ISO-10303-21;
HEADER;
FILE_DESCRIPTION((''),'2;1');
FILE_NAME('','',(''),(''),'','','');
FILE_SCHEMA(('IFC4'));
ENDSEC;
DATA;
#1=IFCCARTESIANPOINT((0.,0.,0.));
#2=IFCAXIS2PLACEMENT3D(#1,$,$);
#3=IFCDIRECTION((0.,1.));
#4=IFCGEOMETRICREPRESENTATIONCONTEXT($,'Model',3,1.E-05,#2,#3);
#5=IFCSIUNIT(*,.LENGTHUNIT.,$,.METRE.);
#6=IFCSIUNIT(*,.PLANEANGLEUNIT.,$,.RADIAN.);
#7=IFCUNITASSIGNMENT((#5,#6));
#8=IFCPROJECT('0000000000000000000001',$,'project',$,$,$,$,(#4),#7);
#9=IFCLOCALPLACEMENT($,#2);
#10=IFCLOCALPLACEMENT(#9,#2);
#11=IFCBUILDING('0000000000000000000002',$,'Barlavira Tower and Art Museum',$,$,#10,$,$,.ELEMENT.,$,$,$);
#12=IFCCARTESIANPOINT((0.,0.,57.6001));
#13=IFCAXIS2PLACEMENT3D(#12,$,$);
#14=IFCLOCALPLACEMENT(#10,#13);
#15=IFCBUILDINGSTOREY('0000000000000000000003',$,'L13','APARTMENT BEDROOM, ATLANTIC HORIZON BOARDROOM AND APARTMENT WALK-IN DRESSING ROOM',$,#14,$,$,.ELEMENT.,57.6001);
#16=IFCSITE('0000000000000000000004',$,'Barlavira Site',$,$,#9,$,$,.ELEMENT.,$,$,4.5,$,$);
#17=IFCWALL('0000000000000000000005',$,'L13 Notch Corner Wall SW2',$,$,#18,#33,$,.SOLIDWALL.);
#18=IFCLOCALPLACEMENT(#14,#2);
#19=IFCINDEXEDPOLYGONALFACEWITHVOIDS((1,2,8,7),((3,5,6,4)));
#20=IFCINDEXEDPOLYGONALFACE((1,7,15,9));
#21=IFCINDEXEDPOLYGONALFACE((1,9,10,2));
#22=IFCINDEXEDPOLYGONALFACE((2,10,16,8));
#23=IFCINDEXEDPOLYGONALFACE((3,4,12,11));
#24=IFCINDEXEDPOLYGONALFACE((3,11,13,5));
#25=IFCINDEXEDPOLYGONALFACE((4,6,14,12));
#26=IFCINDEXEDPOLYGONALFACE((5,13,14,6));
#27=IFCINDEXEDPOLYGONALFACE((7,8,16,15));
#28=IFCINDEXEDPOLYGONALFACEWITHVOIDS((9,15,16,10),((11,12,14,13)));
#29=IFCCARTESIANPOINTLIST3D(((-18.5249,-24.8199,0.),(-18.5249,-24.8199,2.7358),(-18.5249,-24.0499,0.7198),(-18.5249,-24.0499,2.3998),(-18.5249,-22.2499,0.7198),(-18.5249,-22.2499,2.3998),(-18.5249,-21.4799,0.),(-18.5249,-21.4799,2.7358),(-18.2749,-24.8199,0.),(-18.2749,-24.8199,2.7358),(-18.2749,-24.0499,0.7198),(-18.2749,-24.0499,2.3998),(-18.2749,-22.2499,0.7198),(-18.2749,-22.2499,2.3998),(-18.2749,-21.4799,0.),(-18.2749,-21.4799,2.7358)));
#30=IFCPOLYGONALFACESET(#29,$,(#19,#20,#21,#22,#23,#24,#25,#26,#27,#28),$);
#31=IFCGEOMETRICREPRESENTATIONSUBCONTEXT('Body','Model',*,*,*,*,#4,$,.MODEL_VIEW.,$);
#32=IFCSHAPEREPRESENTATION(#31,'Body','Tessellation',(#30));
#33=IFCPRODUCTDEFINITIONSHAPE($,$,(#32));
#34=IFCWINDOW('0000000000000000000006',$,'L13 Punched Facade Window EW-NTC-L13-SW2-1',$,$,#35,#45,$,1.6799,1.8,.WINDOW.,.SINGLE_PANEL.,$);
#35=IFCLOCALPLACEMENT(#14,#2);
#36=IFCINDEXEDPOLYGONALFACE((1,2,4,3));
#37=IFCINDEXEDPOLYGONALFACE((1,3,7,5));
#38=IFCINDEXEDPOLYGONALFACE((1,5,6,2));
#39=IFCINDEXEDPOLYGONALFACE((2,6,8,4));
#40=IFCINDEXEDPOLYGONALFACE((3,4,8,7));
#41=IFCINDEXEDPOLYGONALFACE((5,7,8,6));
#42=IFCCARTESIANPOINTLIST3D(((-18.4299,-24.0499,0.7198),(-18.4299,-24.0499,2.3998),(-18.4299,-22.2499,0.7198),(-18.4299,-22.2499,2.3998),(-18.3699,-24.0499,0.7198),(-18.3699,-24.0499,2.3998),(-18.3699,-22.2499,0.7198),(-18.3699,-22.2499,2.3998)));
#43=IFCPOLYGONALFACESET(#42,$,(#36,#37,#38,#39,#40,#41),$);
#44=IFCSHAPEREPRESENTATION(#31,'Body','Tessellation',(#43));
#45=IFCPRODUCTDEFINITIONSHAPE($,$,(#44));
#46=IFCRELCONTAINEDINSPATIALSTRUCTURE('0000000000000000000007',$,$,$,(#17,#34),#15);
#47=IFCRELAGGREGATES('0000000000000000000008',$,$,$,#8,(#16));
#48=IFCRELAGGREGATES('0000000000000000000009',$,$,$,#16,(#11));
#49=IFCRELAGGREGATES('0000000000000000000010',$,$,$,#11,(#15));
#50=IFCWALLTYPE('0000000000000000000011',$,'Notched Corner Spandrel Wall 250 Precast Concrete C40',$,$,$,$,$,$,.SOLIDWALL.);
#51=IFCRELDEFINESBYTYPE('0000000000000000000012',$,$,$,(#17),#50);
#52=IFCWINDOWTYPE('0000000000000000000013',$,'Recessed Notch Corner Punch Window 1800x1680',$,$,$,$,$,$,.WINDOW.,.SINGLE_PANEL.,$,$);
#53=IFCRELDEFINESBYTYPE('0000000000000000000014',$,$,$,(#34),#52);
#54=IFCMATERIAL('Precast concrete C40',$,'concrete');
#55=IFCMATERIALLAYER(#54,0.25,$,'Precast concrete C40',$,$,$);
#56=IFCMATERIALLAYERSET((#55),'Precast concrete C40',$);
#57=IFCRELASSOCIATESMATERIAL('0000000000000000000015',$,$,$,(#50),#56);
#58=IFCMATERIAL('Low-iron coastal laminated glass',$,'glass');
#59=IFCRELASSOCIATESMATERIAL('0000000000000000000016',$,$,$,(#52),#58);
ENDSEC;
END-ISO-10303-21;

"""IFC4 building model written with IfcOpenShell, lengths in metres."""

from ifc_helpers import new_model, si_unit, direction, frame, frame_2d, origin, place, context, subcontext, project, spatial, rectangle, extrude, material, layer, layer_set, type_object, element, fill, save


model = new_model("IFC4")

# Units and contexts
model_context = context("Model", 3, precision=1e-05, world=origin(), true_north=direction((0.0, 1.0)))
body_context = subcontext(model_context, "Body", "Model", "MODEL_VIEW")
ifc_project = project(units=[si_unit("LENGTHUNIT", "METRE"), si_unit("PLANEANGLEUNIT", "RADIAN")], contexts=[model_context])

# Site, building, storey
site_placement = place(None, origin())
site = spatial("IfcSite", under=ifc_project, at=site_placement, Name="Barlavira Site", CompositionType="ELEMENT", RefElevation=4.5)
building_placement = place(site_placement, origin())
building = spatial("IfcBuilding", under=site, at=building_placement, Name="Barlavira Tower and Art Museum", CompositionType="ELEMENT")
storey_placement = place(building_placement, frame((0.0, 0.0, 57.6001)))
storey = spatial("IfcBuildingStorey", under=building, at=storey_placement, Name="L13", Description="APARTMENT BEDROOM, ATLANTIC HORIZON BOARDROOM AND APARTMENT WALK-IN DRESSING ROOM", CompositionType="ELEMENT", Elevation=57.6001)

# Shared definitions
ifc_material_1 = material(Name="Precast concrete C40", Category="concrete")
ifc_layer_1 = layer(ifc_material_1, 0.25, Name="Precast concrete C40")
ifc_layer_set_1 = layer_set([ifc_layer_1], Name="Precast concrete C40")
wall_type_1 = type_object("IfcWallType", Name="Notched Corner Spandrel Wall 250 Precast Concrete C40", PredefinedType="SOLIDWALL", material=ifc_layer_set_1)
ifc_material_2 = material(Name="Low-iron coastal laminated glass", Category="glass")
window_type = type_object("IfcWindowType", Name="Recessed Notch Corner Punch Window 1800x1680", PartitioningType="SINGLE_PANEL", PredefinedType="WINDOW", material=ifc_material_2)

# Wall, opening, window
wall_1_placement = place(storey_placement, frame((-18.3999, -21.48, 0.0), z_axis=(0.0, 0.0, 1.0), x_axis=(0.0, -1.0, 0.0)))
wall_1 = element("IfcWall", 1, at=wall_1_placement, inside=storey, type_object=wall_type_1, Name="L13 Notch Corner Wall SW2", PredefinedType="SOLIDWALL", context=body_context, shape_type="SweptSolid", body=[
    extrude(rectangle(XDim=3.3401, YDim=0.25, at=frame_2d((1.6699, 0.0))), origin(), (0.0, 0.0, 1.0), 2.7358),
])
opening_1_placement = place(wall_1_placement, frame((0.77, 0.0, 0.72)))
opening_1 = element("IfcOpeningElement", 2, at=opening_1_placement, cuts=wall_1, PredefinedType="OPENING", context=body_context, shape_type="SweptSolid", body=[
    extrude(rectangle(XDim=1.8, YDim=1.6799, at=frame_2d((0.8999, 0.8398))), frame((0.0, 0.135, 0.0), z_axis=(0.0, -1.0, 0.0), x_axis=(1.0, 0.0, 0.0)), (0.0, 0.0, 1.0), 0.27),
])
window_1_placement = place(opening_1_placement, origin())
window_1 = element("IfcWindow", 3, at=window_1_placement, inside=storey, type_object=window_type, Name="L13 Punched Facade Window EW-NTC-L13-SW2-1", OverallHeight=1.6799, OverallWidth=1.8, PartitioningType="SINGLE_PANEL", PredefinedType="WINDOW", context=body_context, shape_type="SweptSolid", body=[
    extrude(rectangle(XDim=1.8, YDim=1.6799, at=frame_2d((0.8999, 0.8398))), frame((0.0, 0.03, 0.0), z_axis=(0.0, -1.0, 0.0), x_axis=(1.0, 0.0, 0.0)), (0.0, 0.0, 1.0), 0.0601),
])
fill(opening_1, window_1)

save(model, "model.ifc")
